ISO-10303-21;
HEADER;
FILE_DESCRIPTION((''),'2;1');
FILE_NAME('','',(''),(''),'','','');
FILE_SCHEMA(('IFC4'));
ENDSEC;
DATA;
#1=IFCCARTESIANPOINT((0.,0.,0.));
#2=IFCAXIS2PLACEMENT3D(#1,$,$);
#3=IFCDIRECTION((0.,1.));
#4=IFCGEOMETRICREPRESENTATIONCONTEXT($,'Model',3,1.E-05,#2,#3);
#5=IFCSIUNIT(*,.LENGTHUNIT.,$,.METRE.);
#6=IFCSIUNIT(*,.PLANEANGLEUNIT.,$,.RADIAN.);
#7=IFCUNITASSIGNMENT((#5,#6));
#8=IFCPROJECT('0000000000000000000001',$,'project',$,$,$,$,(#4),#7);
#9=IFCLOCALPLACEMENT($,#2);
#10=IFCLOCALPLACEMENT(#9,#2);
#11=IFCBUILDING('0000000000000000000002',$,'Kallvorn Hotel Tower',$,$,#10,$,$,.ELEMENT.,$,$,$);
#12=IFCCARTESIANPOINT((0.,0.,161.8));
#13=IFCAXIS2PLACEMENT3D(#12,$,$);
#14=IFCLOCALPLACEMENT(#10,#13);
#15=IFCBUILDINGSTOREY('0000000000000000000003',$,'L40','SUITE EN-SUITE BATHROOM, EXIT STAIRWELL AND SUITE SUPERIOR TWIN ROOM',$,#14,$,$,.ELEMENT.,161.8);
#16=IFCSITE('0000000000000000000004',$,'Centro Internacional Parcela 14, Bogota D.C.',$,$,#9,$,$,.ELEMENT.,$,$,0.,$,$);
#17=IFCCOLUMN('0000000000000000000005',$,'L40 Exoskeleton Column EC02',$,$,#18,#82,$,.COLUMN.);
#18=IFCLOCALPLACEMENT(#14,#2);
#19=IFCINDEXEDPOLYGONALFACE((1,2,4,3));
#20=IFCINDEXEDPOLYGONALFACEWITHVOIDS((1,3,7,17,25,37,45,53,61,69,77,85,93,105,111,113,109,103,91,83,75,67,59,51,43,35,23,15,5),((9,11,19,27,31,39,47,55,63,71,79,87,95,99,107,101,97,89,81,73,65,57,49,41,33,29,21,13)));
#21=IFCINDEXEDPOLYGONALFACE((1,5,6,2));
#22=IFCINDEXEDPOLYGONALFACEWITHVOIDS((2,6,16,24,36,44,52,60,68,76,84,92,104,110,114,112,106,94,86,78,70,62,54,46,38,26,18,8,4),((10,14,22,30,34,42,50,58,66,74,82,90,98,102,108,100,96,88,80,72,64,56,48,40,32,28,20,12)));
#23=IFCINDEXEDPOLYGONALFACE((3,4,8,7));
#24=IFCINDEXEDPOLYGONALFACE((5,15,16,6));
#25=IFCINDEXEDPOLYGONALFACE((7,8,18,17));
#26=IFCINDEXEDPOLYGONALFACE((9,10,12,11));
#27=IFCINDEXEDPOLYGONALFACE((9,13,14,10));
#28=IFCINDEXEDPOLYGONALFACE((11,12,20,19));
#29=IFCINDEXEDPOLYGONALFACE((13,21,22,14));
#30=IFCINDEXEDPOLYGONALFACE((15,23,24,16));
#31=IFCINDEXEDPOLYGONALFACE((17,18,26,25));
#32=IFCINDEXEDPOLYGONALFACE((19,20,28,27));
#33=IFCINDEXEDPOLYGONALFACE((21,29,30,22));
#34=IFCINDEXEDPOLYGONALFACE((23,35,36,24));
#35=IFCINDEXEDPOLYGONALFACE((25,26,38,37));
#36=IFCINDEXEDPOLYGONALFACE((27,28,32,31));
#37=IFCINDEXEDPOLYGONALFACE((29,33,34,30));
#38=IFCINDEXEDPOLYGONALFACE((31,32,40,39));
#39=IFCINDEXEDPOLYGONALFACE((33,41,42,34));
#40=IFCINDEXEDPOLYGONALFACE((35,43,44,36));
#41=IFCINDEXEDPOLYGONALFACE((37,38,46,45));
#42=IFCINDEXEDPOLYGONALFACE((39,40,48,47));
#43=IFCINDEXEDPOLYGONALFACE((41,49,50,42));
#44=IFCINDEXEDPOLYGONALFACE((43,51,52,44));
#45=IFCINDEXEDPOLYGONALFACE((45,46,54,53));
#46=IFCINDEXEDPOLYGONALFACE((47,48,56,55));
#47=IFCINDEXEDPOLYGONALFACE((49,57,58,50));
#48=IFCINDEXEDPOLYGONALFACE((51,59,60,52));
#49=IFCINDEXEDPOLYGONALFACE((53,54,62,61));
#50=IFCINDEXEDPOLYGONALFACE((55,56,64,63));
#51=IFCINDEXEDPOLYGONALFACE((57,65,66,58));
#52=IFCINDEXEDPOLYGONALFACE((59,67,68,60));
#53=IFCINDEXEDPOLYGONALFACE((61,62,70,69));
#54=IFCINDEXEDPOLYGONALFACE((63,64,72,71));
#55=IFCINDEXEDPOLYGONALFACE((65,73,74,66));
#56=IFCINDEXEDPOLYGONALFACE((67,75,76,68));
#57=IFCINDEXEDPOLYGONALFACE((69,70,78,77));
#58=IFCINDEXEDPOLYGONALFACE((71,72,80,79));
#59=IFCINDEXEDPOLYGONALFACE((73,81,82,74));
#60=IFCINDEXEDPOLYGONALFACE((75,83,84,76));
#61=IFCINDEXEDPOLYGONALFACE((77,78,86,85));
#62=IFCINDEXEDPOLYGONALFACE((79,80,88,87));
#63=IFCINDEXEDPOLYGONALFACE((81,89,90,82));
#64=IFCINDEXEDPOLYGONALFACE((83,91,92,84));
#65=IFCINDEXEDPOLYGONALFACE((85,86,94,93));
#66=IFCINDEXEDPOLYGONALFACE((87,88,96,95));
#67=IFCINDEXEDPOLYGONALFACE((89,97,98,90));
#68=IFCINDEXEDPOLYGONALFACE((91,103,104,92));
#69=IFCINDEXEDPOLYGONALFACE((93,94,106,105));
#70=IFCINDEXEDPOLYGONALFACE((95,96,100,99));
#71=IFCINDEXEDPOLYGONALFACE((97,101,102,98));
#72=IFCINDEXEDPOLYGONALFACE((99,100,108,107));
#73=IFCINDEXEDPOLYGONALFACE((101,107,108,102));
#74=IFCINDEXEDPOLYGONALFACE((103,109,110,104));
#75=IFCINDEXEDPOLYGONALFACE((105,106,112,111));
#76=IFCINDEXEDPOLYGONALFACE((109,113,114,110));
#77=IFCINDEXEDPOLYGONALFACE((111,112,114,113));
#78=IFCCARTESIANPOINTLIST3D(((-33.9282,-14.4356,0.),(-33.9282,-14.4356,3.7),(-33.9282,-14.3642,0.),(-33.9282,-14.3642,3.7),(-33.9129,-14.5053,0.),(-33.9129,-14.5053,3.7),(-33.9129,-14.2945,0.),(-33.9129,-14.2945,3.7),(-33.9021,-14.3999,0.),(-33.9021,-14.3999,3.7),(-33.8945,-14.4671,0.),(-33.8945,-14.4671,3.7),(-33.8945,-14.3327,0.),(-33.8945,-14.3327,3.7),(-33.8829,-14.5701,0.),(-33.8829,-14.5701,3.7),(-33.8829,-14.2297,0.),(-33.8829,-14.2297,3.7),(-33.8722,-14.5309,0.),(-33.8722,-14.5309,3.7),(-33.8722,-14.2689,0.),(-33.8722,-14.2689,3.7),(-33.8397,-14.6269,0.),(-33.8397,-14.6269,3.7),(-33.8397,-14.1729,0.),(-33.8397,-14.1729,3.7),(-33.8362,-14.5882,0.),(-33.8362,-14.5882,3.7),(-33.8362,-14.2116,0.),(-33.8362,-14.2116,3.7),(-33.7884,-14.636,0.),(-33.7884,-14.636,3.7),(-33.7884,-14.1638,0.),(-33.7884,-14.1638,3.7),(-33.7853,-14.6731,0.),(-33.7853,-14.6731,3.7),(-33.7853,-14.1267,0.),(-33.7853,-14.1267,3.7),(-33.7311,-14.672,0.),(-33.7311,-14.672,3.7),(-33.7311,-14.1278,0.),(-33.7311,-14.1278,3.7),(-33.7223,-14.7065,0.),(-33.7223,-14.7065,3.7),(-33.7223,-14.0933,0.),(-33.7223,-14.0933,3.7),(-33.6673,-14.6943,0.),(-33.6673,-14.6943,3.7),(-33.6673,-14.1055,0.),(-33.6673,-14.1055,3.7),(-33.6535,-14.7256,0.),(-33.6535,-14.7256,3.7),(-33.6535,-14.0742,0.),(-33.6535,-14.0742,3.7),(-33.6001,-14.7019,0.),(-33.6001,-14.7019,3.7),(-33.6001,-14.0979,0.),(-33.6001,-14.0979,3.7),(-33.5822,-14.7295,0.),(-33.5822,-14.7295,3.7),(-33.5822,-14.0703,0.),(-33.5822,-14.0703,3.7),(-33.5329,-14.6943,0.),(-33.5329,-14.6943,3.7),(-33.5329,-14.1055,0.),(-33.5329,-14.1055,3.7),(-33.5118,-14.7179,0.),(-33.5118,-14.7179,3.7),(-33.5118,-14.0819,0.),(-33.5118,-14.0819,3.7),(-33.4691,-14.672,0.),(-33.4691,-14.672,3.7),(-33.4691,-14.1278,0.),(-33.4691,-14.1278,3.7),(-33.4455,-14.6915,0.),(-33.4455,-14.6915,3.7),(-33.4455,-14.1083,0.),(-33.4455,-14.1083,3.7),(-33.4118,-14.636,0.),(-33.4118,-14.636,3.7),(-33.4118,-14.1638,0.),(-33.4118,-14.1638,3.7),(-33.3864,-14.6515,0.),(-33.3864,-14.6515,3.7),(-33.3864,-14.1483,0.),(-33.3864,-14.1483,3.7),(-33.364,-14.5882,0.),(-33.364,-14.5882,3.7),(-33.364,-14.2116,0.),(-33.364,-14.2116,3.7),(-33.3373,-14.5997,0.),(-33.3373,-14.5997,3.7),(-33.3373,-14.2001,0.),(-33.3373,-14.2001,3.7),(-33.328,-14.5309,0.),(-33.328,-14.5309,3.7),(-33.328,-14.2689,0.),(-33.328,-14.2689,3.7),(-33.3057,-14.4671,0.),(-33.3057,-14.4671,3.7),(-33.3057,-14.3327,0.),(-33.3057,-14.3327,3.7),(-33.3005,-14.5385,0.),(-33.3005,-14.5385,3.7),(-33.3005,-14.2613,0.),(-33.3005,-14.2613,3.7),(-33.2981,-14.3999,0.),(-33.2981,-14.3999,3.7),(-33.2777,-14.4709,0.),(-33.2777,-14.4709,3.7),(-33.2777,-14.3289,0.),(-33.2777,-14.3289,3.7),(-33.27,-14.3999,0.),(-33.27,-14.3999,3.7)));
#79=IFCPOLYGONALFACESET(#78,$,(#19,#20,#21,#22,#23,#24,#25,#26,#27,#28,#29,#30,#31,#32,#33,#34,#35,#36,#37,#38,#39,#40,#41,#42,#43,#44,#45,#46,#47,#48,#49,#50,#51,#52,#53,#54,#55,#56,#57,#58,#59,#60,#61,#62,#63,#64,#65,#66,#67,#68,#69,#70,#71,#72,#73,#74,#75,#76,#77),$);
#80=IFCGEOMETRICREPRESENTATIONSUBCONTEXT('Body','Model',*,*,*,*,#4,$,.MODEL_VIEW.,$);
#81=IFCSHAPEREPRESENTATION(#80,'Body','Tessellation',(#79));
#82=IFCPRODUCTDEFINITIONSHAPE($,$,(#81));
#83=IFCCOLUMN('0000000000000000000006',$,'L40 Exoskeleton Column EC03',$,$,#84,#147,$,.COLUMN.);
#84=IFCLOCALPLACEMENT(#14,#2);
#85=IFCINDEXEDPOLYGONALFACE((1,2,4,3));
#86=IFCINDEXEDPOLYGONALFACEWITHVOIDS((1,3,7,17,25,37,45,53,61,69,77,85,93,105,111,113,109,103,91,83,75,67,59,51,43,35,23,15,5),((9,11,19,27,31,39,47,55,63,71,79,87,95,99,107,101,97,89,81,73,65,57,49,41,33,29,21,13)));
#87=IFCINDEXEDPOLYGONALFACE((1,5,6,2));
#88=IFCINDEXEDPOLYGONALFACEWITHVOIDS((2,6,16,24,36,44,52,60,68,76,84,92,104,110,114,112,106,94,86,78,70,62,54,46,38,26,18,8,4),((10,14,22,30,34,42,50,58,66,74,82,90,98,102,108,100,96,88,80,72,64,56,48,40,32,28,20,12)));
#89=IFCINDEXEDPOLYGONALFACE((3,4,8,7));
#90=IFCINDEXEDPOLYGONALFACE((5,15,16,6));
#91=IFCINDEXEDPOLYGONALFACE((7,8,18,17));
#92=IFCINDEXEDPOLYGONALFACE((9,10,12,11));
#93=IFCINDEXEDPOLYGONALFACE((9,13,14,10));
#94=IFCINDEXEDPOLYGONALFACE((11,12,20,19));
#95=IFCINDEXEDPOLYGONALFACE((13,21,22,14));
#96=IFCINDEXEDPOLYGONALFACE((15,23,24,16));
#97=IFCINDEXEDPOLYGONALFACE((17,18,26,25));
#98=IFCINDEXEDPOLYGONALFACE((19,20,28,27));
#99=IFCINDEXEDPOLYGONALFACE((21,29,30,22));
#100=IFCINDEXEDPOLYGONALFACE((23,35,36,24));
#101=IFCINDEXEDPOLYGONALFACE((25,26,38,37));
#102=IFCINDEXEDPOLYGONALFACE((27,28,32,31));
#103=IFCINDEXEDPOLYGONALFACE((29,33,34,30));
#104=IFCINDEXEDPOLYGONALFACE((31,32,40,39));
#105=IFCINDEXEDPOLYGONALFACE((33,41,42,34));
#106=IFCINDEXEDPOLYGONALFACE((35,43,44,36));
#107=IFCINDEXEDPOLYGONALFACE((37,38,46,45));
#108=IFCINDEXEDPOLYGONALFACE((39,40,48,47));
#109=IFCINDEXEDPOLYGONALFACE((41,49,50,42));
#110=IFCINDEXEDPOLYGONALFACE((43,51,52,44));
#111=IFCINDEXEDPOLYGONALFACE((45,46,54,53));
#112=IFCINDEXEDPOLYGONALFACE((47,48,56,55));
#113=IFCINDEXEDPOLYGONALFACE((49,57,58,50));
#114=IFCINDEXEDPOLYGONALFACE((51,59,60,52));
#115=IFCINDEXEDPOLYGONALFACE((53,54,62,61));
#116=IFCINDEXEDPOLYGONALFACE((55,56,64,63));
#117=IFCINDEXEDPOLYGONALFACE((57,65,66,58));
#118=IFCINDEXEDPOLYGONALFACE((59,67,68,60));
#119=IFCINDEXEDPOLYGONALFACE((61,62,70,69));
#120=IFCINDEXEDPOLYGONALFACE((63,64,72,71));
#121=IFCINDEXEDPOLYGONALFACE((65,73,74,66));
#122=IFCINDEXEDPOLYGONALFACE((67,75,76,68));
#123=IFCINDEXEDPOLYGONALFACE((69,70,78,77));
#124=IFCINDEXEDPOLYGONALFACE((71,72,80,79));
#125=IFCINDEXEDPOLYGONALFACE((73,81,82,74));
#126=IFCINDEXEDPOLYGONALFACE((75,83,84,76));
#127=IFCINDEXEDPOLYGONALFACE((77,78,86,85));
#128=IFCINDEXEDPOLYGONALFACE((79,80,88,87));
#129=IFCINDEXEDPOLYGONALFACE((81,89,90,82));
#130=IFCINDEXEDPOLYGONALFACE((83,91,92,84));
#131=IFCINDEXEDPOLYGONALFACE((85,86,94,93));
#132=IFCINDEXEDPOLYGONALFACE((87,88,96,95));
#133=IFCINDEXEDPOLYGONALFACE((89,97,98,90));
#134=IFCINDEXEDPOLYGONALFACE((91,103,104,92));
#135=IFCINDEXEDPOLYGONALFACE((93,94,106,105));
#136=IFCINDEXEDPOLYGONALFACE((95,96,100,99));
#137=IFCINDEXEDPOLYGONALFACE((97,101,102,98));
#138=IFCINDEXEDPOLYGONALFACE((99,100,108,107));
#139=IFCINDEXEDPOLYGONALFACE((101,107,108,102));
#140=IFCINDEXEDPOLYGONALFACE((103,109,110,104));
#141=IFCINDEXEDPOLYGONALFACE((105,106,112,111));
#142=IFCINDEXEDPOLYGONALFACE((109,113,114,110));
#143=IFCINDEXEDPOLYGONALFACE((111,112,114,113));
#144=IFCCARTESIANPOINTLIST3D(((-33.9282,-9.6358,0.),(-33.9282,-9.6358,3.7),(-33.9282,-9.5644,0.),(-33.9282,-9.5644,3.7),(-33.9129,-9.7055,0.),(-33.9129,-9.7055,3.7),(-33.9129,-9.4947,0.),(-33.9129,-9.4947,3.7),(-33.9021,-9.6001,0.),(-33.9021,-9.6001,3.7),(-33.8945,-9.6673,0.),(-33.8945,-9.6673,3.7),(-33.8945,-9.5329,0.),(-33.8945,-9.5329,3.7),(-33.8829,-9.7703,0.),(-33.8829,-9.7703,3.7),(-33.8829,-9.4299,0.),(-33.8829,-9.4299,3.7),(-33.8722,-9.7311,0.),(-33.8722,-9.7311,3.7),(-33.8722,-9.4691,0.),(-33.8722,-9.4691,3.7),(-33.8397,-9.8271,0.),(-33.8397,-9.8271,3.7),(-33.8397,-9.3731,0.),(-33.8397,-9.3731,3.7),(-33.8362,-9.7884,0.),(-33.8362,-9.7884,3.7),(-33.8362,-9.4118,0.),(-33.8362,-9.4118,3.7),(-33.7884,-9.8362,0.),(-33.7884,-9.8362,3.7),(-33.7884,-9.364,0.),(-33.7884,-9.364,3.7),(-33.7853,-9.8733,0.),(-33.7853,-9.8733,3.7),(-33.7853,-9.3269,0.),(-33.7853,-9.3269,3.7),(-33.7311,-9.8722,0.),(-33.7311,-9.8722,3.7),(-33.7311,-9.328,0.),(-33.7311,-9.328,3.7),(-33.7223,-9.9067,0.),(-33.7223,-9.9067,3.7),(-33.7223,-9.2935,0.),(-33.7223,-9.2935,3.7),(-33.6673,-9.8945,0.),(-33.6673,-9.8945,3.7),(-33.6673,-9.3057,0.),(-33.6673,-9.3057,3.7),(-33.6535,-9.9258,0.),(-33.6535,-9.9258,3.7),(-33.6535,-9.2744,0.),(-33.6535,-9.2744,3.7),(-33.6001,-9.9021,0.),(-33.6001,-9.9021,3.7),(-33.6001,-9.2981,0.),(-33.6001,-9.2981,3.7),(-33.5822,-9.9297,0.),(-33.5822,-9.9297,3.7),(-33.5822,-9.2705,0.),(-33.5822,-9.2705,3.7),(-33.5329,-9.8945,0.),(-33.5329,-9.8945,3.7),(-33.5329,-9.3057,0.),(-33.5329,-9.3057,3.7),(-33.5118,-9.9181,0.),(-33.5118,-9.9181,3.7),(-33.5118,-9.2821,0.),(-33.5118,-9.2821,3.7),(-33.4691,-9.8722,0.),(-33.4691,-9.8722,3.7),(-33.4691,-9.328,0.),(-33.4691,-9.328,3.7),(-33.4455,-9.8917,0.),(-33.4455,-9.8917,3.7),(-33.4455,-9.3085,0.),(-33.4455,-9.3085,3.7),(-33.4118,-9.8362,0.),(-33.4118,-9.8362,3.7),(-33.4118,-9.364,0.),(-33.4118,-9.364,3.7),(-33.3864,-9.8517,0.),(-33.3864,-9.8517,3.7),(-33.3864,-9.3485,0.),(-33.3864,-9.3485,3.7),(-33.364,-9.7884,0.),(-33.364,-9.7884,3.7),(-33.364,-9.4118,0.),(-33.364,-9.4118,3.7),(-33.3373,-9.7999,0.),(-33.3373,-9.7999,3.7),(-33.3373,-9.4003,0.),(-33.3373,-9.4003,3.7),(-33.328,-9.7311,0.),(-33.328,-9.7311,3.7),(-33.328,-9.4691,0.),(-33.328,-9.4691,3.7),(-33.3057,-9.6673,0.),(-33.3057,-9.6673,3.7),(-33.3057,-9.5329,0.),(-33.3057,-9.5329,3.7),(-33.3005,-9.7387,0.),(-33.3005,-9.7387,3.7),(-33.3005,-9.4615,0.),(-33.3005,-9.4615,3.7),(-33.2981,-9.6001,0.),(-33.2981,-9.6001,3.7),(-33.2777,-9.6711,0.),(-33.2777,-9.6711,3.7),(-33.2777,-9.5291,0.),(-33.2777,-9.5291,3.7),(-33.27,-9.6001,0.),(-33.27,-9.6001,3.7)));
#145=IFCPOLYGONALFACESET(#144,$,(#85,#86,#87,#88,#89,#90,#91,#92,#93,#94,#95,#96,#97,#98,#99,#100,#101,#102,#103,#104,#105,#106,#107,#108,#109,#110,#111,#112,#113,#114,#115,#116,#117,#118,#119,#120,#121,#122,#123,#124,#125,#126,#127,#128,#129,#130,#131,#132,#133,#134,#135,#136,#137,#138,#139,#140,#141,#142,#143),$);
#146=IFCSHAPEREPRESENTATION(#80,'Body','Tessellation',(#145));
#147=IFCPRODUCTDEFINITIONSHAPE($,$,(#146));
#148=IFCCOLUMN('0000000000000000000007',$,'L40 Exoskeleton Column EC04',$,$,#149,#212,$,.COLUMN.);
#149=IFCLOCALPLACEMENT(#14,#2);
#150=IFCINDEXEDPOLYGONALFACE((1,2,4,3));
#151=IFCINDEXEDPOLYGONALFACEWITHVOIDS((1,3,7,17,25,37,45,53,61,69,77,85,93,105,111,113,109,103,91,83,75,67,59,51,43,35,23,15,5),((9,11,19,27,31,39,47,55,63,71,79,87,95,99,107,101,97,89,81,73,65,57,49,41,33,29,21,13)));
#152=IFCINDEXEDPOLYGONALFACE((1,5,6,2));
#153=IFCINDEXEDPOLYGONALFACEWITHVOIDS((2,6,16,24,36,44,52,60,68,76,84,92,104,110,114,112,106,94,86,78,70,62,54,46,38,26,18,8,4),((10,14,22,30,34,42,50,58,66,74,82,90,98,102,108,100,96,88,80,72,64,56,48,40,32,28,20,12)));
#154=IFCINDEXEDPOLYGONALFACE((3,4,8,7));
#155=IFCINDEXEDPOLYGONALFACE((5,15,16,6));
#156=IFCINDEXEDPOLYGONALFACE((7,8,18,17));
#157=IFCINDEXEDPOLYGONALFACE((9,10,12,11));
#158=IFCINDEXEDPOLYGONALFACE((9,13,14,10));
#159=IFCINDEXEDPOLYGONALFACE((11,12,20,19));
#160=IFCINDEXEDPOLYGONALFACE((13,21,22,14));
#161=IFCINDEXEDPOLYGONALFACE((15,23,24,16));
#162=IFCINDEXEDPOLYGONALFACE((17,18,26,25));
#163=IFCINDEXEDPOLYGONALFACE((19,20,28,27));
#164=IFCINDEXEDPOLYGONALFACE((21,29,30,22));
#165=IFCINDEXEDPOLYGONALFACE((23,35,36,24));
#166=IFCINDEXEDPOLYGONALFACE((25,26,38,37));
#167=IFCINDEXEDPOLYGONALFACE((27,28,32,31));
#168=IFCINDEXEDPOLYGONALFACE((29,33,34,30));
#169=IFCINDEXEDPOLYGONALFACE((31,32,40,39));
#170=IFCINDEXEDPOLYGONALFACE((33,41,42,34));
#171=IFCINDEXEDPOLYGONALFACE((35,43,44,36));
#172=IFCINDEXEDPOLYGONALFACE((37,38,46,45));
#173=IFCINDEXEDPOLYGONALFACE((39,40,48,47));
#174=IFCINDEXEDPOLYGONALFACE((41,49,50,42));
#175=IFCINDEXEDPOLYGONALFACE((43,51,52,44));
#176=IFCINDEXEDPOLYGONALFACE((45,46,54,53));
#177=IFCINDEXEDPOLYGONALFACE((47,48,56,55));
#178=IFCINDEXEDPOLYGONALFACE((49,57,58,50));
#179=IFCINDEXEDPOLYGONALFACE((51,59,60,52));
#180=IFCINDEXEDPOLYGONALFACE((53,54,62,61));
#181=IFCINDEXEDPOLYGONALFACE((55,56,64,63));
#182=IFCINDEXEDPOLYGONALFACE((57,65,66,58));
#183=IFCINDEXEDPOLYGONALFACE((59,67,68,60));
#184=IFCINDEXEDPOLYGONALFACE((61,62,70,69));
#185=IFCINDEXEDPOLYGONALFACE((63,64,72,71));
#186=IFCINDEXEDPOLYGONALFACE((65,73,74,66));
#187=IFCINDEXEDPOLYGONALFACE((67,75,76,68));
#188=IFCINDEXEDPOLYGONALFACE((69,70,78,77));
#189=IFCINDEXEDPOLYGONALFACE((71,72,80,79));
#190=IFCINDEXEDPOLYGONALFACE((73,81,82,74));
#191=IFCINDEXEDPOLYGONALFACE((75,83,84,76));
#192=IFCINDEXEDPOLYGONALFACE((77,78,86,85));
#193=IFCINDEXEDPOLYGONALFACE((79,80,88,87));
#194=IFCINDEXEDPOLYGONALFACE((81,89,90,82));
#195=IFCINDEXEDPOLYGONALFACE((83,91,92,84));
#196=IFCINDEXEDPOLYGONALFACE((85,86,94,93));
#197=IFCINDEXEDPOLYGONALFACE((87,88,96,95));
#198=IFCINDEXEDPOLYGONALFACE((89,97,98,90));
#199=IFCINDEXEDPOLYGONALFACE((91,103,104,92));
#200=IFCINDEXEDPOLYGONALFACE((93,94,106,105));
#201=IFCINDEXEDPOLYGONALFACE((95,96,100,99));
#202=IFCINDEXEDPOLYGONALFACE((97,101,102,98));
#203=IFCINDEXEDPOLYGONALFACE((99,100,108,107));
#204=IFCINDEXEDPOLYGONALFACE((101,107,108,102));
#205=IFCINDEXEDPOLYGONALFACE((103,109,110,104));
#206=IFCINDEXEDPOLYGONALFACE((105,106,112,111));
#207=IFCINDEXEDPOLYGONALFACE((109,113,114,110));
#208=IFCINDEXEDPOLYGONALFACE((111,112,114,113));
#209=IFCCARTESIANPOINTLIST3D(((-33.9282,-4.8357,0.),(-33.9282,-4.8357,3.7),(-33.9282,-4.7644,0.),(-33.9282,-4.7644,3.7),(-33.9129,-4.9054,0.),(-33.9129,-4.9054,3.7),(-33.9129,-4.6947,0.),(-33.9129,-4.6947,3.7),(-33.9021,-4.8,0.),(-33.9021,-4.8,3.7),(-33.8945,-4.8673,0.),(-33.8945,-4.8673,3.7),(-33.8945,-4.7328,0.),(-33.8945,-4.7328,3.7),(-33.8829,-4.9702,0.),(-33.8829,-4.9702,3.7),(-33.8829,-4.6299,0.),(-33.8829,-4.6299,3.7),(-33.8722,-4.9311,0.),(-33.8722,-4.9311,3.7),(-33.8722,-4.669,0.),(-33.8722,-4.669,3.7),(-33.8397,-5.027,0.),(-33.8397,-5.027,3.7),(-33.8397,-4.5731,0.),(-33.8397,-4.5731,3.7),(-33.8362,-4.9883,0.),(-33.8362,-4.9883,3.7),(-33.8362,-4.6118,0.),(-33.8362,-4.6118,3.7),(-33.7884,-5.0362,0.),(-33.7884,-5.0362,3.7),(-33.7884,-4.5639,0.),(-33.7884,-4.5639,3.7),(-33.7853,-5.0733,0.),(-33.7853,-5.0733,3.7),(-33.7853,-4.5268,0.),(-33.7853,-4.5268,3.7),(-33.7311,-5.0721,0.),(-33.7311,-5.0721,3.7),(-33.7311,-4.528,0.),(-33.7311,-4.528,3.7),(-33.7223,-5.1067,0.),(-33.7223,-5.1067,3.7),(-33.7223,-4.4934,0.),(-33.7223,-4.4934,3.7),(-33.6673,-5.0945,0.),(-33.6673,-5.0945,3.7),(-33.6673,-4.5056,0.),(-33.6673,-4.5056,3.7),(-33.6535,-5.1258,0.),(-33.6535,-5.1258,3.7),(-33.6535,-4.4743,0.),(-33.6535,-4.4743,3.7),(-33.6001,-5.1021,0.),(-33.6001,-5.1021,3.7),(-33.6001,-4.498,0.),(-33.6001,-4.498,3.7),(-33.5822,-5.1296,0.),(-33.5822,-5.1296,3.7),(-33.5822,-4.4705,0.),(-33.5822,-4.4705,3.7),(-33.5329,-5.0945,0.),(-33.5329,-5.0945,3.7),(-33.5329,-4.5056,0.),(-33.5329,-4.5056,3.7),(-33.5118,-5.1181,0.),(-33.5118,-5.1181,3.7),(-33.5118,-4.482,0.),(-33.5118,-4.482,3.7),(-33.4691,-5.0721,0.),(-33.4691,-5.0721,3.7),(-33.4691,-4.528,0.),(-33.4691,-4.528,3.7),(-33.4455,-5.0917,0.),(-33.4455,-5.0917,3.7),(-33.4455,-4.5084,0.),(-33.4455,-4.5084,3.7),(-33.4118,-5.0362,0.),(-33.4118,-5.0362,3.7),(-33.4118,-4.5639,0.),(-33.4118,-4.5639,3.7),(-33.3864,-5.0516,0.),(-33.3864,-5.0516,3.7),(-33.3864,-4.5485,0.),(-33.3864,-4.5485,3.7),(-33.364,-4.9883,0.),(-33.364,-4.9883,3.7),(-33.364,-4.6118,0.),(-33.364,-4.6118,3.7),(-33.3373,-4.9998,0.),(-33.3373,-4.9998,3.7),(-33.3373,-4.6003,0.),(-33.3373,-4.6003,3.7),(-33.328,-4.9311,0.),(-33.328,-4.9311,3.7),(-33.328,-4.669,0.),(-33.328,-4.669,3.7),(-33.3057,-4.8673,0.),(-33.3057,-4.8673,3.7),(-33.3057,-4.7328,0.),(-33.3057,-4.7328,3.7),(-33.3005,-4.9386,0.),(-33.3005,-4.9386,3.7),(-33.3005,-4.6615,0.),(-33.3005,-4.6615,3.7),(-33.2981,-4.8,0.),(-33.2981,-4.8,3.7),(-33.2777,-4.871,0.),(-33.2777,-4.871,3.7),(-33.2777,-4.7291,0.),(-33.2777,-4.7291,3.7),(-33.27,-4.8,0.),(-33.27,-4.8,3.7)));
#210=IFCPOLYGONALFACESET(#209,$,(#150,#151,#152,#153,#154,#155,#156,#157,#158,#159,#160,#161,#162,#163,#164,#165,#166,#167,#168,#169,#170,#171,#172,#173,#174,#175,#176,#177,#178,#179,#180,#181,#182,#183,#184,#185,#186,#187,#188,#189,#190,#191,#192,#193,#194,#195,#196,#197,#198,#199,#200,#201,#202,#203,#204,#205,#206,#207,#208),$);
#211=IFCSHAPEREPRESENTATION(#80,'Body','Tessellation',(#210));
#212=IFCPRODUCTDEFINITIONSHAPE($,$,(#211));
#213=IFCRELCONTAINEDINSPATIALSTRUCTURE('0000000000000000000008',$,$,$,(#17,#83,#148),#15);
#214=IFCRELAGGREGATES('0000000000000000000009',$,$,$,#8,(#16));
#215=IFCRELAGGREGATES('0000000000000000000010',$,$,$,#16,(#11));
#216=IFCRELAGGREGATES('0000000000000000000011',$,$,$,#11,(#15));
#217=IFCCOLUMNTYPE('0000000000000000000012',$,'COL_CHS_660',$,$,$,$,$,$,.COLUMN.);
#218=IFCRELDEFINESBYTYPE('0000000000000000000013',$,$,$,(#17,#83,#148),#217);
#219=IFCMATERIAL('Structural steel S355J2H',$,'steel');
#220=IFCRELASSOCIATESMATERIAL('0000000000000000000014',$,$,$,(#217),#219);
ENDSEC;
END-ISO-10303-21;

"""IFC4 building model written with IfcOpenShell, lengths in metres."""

from ifc_helpers import new_model, si_unit, direction, frame, origin, origin_2d, place, context, subcontext, project, spatial, hollow_circle, extrude, material, material_profile, profile_set, type_object, element, save


model = new_model("IFC4")

# Units and contexts
model_context = context("Model", 3, precision=1e-05, world=origin(), true_north=direction((0.0, 1.0)))
body_context = subcontext(model_context, "Body", "Model", "MODEL_VIEW")
ifc_project = project(units=[si_unit("LENGTHUNIT", "METRE"), si_unit("PLANEANGLEUNIT", "RADIAN")], contexts=[model_context])

# Site, building, storey
site_placement = place(None, origin())
site = spatial("IfcSite", under=ifc_project, at=site_placement, Name="Centro Internacional Parcela 14, Bogota D.C.", CompositionType="ELEMENT", RefElevation=0.0)
building_placement = place(site_placement, origin())
building = spatial("IfcBuilding", under=site, at=building_placement, Name="Kallvorn Hotel Tower", CompositionType="ELEMENT")
storey_placement = place(building_placement, frame((0.0, 0.0, 161.8)))
storey = spatial("IfcBuildingStorey", under=building, at=storey_placement, Name="L40", Description="SUITE EN-SUITE BATHROOM, EXIT STAIRWELL AND SUITE SUPERIOR TWIN ROOM", CompositionType="ELEMENT", Elevation=161.8)

# Columns
ifc_material_1 = material(Name="Structural steel S355J2H", Category="steel")
ifc_material_profile_1 = material_profile(ifc_material_1, hollow_circle(Radius=0.3301, WallThickness=0.0281, at=origin_2d()), Name="CHS 660x28")
ifc_profile_set_1 = profile_set([ifc_material_profile_1], Name="Structural steel S355J2H")
column_type_1 = type_object("IfcColumnType", Name="COL_CHS_660", PredefinedType="COLUMN", material=ifc_profile_set_1)
for number, where, z_axis, x_axis, name in (
    (1, (-33.6001, -14.3999, 0.0), (0.0, 0.0, 1.0), (1.0, 0.0, 0.0), "L40 Exoskeleton Column EC02"),
    (2, (-33.6001, -9.6001, 0.0), (0.0, 0.0, 1.0), (1.0, 0.0, 0.0), "L40 Exoskeleton Column EC03"),
    (3, (-33.6001, -4.8, 0.0), (0.0, 0.0, 1.0), (1.0, 0.0, 0.0), "L40 Exoskeleton Column EC04"),
):
    element("IfcColumn", number, at=place(storey_placement, frame(where, z_axis=z_axis, x_axis=x_axis)), inside=storey, type_object=column_type_1, Name=name, PredefinedType="COLUMN", context=body_context, shape_type="SweptSolid", body=[
        extrude(hollow_circle(Radius=0.3301, WallThickness=0.0281, at=origin_2d()), origin(), (0.0, 0.0, 1.0), 3.7),
    ])

save(model, "model.ifc")
